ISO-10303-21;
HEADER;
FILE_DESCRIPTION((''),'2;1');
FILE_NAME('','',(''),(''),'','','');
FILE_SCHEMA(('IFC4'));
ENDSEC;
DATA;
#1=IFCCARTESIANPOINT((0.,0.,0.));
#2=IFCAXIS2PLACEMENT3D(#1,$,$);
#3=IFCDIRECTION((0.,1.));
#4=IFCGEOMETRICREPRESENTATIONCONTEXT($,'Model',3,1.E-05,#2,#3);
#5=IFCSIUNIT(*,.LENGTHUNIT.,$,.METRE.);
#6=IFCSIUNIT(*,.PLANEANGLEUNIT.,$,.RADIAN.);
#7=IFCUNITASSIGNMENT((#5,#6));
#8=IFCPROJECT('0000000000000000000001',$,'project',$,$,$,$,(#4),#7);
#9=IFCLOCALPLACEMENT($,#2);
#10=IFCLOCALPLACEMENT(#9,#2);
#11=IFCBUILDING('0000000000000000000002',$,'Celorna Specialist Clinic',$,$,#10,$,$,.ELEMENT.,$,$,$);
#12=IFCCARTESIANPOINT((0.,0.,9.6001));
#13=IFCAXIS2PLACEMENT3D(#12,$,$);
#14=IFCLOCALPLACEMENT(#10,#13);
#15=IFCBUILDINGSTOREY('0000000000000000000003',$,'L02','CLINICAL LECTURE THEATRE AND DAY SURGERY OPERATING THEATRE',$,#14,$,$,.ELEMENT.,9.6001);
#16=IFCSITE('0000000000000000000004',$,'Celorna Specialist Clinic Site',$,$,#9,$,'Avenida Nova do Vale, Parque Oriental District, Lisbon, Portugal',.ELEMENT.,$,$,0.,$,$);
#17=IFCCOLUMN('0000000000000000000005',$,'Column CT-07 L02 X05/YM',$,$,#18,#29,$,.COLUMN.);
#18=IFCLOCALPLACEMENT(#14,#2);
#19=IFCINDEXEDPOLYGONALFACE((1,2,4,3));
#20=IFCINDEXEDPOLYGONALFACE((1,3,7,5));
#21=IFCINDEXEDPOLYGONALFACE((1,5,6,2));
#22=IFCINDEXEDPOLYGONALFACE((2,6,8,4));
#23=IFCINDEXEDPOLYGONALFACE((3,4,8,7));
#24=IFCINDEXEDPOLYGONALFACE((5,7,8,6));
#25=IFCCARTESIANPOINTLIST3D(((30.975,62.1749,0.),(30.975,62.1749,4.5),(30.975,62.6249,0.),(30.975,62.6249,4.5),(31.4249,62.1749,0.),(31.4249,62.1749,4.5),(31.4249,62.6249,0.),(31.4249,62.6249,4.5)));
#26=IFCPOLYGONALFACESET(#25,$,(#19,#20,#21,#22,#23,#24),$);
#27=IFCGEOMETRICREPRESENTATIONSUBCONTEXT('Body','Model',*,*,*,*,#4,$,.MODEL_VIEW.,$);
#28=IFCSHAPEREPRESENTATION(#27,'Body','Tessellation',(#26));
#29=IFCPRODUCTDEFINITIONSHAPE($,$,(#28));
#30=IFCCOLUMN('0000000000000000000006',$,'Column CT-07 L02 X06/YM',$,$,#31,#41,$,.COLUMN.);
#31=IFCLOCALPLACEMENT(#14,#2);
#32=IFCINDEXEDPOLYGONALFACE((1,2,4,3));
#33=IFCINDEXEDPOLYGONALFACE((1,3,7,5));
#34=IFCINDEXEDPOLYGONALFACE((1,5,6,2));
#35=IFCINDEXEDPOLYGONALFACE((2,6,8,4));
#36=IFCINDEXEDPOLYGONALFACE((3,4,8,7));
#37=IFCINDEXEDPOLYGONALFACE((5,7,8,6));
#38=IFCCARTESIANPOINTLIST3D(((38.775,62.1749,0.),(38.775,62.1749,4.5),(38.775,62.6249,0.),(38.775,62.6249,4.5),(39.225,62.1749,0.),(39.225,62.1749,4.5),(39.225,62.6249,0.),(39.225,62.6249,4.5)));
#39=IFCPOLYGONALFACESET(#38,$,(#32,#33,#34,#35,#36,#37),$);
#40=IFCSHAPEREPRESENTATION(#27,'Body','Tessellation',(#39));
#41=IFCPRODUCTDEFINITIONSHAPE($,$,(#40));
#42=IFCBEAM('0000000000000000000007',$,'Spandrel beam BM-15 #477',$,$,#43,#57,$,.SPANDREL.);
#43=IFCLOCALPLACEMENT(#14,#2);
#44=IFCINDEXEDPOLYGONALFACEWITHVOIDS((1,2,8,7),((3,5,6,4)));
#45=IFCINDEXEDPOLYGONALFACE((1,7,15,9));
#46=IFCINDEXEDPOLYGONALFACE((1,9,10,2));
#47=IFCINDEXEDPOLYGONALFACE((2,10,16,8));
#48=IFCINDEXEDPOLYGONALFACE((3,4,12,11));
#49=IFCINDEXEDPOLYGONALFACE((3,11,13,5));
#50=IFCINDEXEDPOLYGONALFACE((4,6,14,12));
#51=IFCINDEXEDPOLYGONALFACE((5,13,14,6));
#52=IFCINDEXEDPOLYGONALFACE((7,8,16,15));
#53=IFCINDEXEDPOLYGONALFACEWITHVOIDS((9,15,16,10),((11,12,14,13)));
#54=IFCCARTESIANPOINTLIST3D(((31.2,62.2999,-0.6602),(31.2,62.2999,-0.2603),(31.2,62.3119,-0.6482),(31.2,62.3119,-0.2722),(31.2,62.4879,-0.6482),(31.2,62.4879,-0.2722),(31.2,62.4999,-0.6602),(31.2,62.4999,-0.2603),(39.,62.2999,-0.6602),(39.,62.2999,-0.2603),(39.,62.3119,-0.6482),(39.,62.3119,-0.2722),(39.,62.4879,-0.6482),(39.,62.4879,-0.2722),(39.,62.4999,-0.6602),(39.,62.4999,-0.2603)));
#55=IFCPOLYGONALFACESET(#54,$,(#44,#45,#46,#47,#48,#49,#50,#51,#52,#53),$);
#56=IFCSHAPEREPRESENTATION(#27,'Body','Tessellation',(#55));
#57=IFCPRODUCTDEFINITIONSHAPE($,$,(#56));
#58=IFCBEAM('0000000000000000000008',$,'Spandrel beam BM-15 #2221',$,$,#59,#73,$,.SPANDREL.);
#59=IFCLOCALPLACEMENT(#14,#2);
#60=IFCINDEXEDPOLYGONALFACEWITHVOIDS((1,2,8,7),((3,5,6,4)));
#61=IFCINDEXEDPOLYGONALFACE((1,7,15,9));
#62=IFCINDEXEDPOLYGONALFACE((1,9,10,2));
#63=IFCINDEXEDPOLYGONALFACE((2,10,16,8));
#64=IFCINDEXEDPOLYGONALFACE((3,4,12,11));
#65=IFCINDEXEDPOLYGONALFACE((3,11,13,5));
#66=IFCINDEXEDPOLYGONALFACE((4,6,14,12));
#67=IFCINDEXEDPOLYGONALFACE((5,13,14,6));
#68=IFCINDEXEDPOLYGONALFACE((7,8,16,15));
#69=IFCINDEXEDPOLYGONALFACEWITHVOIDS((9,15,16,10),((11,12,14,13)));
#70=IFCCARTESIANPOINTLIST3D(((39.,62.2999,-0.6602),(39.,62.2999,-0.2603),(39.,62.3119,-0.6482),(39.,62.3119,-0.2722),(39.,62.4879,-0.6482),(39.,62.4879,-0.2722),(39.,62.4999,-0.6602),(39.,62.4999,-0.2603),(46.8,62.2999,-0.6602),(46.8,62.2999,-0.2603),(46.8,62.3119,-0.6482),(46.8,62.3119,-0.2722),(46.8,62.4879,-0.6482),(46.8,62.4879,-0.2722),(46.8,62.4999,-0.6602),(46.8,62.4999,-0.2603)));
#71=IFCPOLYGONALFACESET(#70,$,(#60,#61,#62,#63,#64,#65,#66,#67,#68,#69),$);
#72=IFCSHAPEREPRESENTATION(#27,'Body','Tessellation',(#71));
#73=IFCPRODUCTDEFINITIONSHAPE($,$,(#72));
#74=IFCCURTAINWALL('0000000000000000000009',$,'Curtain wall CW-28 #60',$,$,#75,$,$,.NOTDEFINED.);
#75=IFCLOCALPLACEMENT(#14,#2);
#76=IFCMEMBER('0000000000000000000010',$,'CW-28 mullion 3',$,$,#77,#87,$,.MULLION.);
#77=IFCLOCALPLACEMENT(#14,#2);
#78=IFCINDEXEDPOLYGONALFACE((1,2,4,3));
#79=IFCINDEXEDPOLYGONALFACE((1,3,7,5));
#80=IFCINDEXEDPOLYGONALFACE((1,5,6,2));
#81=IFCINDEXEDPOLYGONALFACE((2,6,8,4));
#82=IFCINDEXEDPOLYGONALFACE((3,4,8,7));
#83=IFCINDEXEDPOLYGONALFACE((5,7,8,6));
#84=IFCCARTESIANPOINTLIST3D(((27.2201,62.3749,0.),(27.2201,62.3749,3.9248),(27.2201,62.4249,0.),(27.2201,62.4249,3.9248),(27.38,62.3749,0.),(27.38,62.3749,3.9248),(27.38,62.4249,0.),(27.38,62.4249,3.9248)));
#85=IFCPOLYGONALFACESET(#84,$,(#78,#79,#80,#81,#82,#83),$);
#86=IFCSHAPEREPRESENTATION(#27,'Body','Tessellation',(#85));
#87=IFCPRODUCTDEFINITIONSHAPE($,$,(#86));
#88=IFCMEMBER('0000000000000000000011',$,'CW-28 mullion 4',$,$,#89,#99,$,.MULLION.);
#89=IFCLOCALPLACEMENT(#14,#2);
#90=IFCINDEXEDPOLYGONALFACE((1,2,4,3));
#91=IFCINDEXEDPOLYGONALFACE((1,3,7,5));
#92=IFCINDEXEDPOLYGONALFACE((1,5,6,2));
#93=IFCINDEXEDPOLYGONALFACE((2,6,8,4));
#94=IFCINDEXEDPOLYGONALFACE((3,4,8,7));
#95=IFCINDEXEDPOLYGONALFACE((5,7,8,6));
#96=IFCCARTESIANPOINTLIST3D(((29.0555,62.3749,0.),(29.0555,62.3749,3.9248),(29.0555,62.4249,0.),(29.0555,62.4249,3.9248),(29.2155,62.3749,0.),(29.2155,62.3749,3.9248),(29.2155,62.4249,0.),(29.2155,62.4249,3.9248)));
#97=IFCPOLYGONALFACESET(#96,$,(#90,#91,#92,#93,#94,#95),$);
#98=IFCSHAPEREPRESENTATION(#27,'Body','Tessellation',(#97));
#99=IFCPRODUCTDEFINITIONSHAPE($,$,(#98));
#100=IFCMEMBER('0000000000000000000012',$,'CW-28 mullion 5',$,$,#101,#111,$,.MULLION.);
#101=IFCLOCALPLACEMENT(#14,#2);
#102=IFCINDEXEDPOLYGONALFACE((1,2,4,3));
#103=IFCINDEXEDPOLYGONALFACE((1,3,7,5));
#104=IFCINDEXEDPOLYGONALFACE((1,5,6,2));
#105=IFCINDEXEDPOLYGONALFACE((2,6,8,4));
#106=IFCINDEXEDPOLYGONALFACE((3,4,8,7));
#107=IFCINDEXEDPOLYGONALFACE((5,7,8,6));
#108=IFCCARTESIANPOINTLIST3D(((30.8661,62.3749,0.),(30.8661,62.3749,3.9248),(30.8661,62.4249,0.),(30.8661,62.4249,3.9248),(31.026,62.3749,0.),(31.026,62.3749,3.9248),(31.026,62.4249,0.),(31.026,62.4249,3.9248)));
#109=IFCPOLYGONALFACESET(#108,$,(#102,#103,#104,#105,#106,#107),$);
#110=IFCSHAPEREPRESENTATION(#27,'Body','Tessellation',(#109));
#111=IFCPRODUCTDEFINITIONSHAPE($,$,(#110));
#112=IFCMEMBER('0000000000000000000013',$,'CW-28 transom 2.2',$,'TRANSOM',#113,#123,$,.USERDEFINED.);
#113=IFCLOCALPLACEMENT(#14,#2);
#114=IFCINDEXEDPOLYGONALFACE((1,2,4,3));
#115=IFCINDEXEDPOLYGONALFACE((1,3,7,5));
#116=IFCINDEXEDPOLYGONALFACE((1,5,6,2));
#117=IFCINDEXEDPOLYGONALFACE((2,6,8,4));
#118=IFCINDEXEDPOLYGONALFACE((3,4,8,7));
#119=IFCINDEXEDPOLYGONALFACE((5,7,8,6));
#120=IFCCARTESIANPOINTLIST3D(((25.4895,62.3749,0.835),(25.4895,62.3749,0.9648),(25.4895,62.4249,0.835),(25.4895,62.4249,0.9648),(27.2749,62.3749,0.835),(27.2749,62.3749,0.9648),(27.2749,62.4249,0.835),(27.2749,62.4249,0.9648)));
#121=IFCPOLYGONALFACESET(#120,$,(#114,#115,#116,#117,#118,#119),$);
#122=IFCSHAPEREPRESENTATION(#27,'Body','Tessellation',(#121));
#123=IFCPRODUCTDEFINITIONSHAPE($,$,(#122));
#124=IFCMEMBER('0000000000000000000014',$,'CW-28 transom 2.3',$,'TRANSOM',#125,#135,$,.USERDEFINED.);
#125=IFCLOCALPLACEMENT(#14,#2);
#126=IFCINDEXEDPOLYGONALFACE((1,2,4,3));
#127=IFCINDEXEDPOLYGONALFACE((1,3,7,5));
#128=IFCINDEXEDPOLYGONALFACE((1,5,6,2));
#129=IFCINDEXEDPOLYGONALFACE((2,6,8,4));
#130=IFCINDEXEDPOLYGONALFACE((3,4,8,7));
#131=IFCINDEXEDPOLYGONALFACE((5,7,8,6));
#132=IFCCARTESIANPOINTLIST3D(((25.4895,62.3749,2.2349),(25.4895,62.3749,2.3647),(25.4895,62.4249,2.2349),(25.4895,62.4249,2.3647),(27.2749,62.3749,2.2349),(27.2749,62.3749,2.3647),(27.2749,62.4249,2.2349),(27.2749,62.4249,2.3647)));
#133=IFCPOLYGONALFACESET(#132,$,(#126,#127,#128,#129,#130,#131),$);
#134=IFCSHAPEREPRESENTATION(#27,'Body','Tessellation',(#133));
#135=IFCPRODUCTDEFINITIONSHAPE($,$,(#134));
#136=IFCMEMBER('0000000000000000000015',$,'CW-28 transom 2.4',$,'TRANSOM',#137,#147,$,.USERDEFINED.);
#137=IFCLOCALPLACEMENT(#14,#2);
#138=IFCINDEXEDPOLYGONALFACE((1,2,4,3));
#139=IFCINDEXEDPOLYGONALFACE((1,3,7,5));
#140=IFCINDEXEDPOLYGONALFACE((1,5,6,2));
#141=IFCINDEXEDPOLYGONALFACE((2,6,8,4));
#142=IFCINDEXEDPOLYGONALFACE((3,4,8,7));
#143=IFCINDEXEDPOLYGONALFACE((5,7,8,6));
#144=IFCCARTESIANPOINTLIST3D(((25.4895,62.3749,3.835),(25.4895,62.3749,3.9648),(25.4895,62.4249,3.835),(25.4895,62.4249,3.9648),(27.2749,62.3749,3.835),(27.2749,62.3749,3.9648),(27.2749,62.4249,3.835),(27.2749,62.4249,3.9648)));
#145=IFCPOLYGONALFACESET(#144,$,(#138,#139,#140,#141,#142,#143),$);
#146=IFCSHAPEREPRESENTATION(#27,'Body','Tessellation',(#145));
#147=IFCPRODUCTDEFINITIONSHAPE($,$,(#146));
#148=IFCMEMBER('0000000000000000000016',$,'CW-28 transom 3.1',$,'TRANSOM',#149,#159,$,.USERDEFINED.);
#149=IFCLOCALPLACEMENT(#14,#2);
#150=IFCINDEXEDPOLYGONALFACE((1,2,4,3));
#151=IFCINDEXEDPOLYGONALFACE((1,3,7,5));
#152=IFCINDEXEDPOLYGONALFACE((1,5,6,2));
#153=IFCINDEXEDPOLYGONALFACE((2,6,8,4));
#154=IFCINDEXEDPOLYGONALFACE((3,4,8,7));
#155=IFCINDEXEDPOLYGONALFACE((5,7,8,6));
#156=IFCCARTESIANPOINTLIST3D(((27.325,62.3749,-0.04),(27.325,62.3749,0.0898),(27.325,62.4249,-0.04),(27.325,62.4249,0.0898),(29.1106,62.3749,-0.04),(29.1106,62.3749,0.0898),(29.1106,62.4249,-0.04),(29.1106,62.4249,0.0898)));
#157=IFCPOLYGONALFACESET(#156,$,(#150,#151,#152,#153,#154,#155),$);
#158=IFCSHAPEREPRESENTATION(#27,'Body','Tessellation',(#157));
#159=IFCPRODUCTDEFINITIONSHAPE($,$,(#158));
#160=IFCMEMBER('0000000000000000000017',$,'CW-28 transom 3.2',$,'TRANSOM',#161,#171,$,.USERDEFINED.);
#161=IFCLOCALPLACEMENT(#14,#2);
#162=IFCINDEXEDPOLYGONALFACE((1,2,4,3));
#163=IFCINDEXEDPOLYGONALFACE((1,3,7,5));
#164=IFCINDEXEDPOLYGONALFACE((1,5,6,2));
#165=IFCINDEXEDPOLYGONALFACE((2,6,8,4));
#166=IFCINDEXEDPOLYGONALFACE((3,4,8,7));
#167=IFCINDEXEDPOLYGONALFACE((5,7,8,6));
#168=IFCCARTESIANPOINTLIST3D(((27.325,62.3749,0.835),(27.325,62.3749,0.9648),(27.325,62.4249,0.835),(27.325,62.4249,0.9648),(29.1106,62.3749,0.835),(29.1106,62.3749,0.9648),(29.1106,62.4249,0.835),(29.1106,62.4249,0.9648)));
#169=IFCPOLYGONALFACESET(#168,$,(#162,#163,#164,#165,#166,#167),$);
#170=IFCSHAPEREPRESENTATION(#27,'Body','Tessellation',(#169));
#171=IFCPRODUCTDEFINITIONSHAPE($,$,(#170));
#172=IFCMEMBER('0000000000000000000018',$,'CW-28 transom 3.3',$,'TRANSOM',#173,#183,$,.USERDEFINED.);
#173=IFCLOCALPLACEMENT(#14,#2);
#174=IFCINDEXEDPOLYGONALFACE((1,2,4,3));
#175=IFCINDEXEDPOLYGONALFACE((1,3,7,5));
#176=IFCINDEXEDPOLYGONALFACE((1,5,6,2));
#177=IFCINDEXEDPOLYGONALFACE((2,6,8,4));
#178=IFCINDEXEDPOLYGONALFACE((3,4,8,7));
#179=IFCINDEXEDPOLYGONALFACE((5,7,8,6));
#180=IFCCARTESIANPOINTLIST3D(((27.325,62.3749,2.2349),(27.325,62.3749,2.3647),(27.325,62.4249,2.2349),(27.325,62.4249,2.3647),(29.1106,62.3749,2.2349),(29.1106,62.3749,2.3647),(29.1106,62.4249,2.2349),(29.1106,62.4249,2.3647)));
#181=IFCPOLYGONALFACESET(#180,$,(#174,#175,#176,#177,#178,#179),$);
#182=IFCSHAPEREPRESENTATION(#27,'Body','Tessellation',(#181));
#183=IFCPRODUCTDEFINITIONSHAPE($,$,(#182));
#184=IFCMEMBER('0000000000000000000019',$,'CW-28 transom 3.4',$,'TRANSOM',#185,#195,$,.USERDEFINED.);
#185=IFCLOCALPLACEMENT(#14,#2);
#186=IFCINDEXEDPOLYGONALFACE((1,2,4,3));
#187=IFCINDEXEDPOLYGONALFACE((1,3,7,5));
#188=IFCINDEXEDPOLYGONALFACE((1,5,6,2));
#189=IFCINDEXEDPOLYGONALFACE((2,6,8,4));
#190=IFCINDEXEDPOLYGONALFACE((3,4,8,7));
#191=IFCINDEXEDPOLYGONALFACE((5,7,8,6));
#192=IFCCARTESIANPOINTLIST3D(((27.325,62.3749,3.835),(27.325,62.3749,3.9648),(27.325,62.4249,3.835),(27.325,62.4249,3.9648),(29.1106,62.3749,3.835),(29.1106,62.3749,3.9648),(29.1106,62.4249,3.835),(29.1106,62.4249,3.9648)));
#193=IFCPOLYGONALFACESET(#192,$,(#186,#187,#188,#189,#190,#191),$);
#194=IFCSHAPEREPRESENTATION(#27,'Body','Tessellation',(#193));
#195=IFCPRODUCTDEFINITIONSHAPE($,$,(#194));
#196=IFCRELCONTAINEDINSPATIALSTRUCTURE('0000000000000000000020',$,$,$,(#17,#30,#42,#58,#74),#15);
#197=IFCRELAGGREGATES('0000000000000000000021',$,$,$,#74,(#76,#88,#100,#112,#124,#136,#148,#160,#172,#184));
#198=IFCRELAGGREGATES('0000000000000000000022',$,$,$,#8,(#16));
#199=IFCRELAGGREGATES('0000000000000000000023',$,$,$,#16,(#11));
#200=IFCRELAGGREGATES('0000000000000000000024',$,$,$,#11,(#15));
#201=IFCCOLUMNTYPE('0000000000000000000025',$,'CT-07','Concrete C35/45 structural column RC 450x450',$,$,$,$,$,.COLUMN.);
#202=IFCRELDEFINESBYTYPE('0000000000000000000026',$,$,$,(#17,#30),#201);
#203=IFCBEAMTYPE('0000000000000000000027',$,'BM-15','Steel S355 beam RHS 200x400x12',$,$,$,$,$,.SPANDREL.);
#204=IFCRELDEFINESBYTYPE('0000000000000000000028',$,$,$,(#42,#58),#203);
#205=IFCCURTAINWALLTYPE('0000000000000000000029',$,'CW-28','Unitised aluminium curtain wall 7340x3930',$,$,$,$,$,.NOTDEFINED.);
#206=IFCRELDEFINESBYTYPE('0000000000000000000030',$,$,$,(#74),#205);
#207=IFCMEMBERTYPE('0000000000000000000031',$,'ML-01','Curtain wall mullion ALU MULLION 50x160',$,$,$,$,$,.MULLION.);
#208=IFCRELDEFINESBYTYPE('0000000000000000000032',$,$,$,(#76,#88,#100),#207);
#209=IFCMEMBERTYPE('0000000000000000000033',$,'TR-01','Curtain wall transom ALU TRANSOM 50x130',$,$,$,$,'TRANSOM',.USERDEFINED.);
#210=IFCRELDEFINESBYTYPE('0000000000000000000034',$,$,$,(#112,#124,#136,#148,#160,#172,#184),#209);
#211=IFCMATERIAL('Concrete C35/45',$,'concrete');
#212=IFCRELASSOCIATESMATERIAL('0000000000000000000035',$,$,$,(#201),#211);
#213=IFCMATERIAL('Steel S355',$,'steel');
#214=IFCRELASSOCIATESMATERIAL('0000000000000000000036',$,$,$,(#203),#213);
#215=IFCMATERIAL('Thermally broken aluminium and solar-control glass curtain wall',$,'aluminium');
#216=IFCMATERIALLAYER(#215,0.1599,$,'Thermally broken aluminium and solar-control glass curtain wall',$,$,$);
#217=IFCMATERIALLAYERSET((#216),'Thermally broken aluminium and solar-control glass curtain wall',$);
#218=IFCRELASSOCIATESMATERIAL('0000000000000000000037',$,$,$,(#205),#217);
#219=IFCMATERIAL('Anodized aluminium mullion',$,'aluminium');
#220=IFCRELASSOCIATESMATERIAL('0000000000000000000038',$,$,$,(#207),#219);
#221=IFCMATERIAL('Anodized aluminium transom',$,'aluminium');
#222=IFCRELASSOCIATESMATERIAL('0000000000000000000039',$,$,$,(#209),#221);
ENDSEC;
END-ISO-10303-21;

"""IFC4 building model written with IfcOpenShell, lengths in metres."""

from ifc_helpers import new_model, si_unit, direction, frame, origin, origin_2d, place, context, subcontext, project, spatial, rectangle, hollow_rectangle, extrude, material, layer, layer_set, material_profile, profile_set, type_object, element, aggregate, save


model = new_model("IFC4")

# Units and contexts
model_context = context("Model", 3, precision=1e-05, world=origin(), true_north=direction((0.0, 1.0)))
body_context = subcontext(model_context, "Body", "Model", "MODEL_VIEW")
ifc_project = project(units=[si_unit("LENGTHUNIT", "METRE"), si_unit("PLANEANGLEUNIT", "RADIAN")], contexts=[model_context])

# Site, building, storey
site_placement = place(None, origin())
site = spatial("IfcSite", under=ifc_project, at=site_placement, Name="Celorna Specialist Clinic Site", LongName="Avenida Nova do Vale, Parque Oriental District, Lisbon, Portugal", CompositionType="ELEMENT", RefElevation=0.0)
building_placement = place(site_placement, origin())
building = spatial("IfcBuilding", under=site, at=building_placement, Name="Celorna Specialist Clinic", CompositionType="ELEMENT")
storey_placement = place(building_placement, frame((0.0, 0.0, 9.6001)))
storey = spatial("IfcBuildingStorey", under=building, at=storey_placement, Name="L02", Description="CLINICAL LECTURE THEATRE AND DAY SURGERY OPERATING THEATRE", CompositionType="ELEMENT", Elevation=9.6001)

# Columns
ifc_material_1 = material(Name="Concrete C35/45", Category="concrete")
ifc_material_profile_1 = material_profile(ifc_material_1, rectangle(XDim=0.45, YDim=0.45, at=origin_2d()), Name="RC 450x450")
ifc_profile_set_1 = profile_set([ifc_material_profile_1], Name="Concrete C35/45")
column_type = type_object("IfcColumnType", Name="CT-07", Description="Concrete C35/45 structural column RC 450x450", PredefinedType="COLUMN", material=ifc_profile_set_1)
for number, where, z_axis, x_axis, name in (
    (1, (31.2, 62.3999, 0.0), (0.0, 0.0, 1.0), (1.0, 0.0, 0.0), "Column CT-07 L02 X05/YM"),
    (2, (39.0, 62.3999, 0.0), (0.0, 0.0, 1.0), (1.0, 0.0, 0.0), "Column CT-07 L02 X06/YM"),
):
    element("IfcColumn", number, at=place(storey_placement, frame(where, z_axis=z_axis, x_axis=x_axis)), inside=storey, type_object=column_type, Name=name, PredefinedType="COLUMN", context=body_context, shape_type="SweptSolid", body=[
        extrude(rectangle(XDim=0.45, YDim=0.45, at=origin_2d()), origin(), (0.0, 0.0, 1.0), 4.5),
    ])

# Beams
ifc_material_2 = material(Name="Steel S355", Category="steel")
ifc_material_profile_2 = material_profile(ifc_material_2, hollow_rectangle(XDim=0.2, YDim=0.3999, WallThickness=0.012, at=origin_2d()), Name="RHS 200x400x12")
ifc_profile_set_2 = profile_set([ifc_material_profile_2], Name="Steel S355")
beam_type = type_object("IfcBeamType", Name="BM-15", Description="Steel S355 beam RHS 200x400x12", PredefinedType="SPANDREL", material=ifc_profile_set_2)
for number, where, z_axis, x_axis, name in (
    (3, (31.2, 62.3999, -0.4602), (1.0, 0.0, 0.0), (0.0, 1.0, 0.0), "Spandrel beam BM-15 #477"),
    (4, (39.0, 62.3999, -0.4602), (1.0, 0.0, 0.0), (0.0, 1.0, 0.0), "Spandrel beam BM-15 #2221"),
):
    element("IfcBeam", number, at=place(storey_placement, frame(where, z_axis=z_axis, x_axis=x_axis)), inside=storey, type_object=beam_type, Name=name, PredefinedType="SPANDREL", context=body_context, shape_type="SweptSolid", body=[
        extrude(hollow_rectangle(XDim=0.2, YDim=0.3999, WallThickness=0.012, at=origin_2d()), origin(), (0.0, 0.0, 1.0), 7.8),
    ])

# Curtain wall, members
ifc_material_3 = material(Name="Thermally broken aluminium and solar-control glass curtain wall", Category="aluminium")
ifc_layer_1 = layer(ifc_material_3, 0.1599, Name="Thermally broken aluminium and solar-control glass curtain wall")
ifc_layer_set_1 = layer_set([ifc_layer_1], Name="Thermally broken aluminium and solar-control glass curtain wall")
curtain_wall_type = type_object("IfcCurtainWallType", Name="CW-28", Description="Unitised aluminium curtain wall 7340x3930", PredefinedType="NOTDEFINED", material=ifc_layer_set_1)
curtain_wall_placement = place(storey_placement, origin())
curtain_wall = element("IfcCurtainWall", 5, at=curtain_wall_placement, inside=storey, type_object=curtain_wall_type, Name="Curtain wall CW-28 #60", PredefinedType="NOTDEFINED")
ifc_material_4 = material(Name="Anodized aluminium mullion", Category="aluminium")
ifc_material_profile_3 = material_profile(ifc_material_4, rectangle(XDim=0.05, YDim=0.1599, at=origin_2d()), Name="ALU MULLION 50x160")
ifc_profile_set_3 = profile_set([ifc_material_profile_3], Name="Anodized aluminium mullion")
member_type_1 = type_object("IfcMemberType", Name="ML-01", Description="Curtain wall mullion ALU MULLION 50x160", PredefinedType="MULLION", material=ifc_profile_set_3)
member_1_placement = place(storey_placement, frame((27.3, 62.3999, 0.0), z_axis=(0.0, 0.0, 1.0), x_axis=(0.0, 1.0, 0.0)))
member_1 = element("IfcMember", 6, at=member_1_placement, type_object=member_type_1, Name="CW-28 mullion 3", PredefinedType="MULLION", context=body_context, shape_type="SweptSolid", body=[
    extrude(rectangle(XDim=0.05, YDim=0.1599, at=origin_2d()), origin(), (0.0, 0.0, 1.0), 3.9248),
])
member_2_placement = place(storey_placement, frame((29.1355, 62.3999, 0.0), z_axis=(0.0, 0.0, 1.0), x_axis=(0.0, 1.0, 0.0)))
member_2 = element("IfcMember", 7, at=member_2_placement, type_object=member_type_1, Name="CW-28 mullion 4", PredefinedType="MULLION", context=body_context, shape_type="SweptSolid", body=[
    extrude(rectangle(XDim=0.05, YDim=0.1599, at=origin_2d()), origin(), (0.0, 0.0, 1.0), 3.9248),
])
member_3_placement = place(storey_placement, frame((30.946, 62.3999, 0.0), z_axis=(0.0, 0.0, 1.0), x_axis=(0.0, 1.0, 0.0)))
member_3 = element("IfcMember", 8, at=member_3_placement, type_object=member_type_1, Name="CW-28 mullion 5", PredefinedType="MULLION", context=body_context, shape_type="SweptSolid", body=[
    extrude(rectangle(XDim=0.05, YDim=0.1599, at=origin_2d()), origin(), (0.0, 0.0, 1.0), 3.9248),
])
ifc_material_5 = material(Name="Anodized aluminium transom", Category="aluminium")
ifc_material_profile_4 = material_profile(ifc_material_5, rectangle(XDim=0.05, YDim=0.1299, at=origin_2d()), Name="ALU TRANSOM 50x130")
ifc_profile_set_4 = profile_set([ifc_material_profile_4], Name="Anodized aluminium transom")
member_type_2 = type_object("IfcMemberType", Name="TR-01", Description="Curtain wall transom ALU TRANSOM 50x130", ElementType="TRANSOM", PredefinedType="USERDEFINED", material=ifc_profile_set_4)
member_4_placement = place(storey_placement, frame((25.4895, 62.3999, 0.8999), z_axis=(1.0, 0.0, 0.0), x_axis=(0.0, 1.0, 0.0)))
member_4 = element("IfcMember", 9, at=member_4_placement, type_object=member_type_2, Name="CW-28 transom 2.2", ObjectType="TRANSOM", PredefinedType="USERDEFINED", context=body_context, shape_type="SweptSolid", body=[
    extrude(rectangle(XDim=0.05, YDim=0.1299, at=origin_2d()), origin(), (0.0, 0.0, 1.0), 1.7854),
])
member_5_placement = place(storey_placement, frame((25.4895, 62.3999, 2.2998), z_axis=(1.0, 0.0, 0.0), x_axis=(0.0, 1.0, 0.0)))
member_5 = element("IfcMember", 10, at=member_5_placement, type_object=member_type_2, Name="CW-28 transom 2.3", ObjectType="TRANSOM", PredefinedType="USERDEFINED", context=body_context, shape_type="SweptSolid", body=[
    extrude(rectangle(XDim=0.05, YDim=0.1299, at=origin_2d()), origin(), (0.0, 0.0, 1.0), 1.7854),
])
member_6_placement = place(storey_placement, frame((25.4895, 62.3999, 3.8999), z_axis=(1.0, 0.0, 0.0), x_axis=(0.0, 1.0, 0.0)))
member_6 = element("IfcMember", 11, at=member_6_placement, type_object=member_type_2, Name="CW-28 transom 2.4", ObjectType="TRANSOM", PredefinedType="USERDEFINED", context=body_context, shape_type="SweptSolid", body=[
    extrude(rectangle(XDim=0.05, YDim=0.1299, at=origin_2d()), origin(), (0.0, 0.0, 1.0), 1.7854),
])
member_7_placement = place(storey_placement, frame((27.325, 62.3999, 0.0249), z_axis=(1.0, 0.0, 0.0), x_axis=(0.0, 1.0, 0.0)))
member_7 = element("IfcMember", 12, at=member_7_placement, type_object=member_type_2, Name="CW-28 transom 3.1", ObjectType="TRANSOM", PredefinedType="USERDEFINED", context=body_context, shape_type="SweptSolid", body=[
    extrude(rectangle(XDim=0.05, YDim=0.1299, at=origin_2d()), origin(), (0.0, 0.0, 1.0), 1.7856),
])
member_8_placement = place(storey_placement, frame((27.325, 62.3999, 0.8999), z_axis=(1.0, 0.0, 0.0), x_axis=(0.0, 1.0, 0.0)))
member_8 = element("IfcMember", 13, at=member_8_placement, type_object=member_type_2, Name="CW-28 transom 3.2", ObjectType="TRANSOM", PredefinedType="USERDEFINED", context=body_context, shape_type="SweptSolid", body=[
    extrude(rectangle(XDim=0.05, YDim=0.1299, at=origin_2d()), origin(), (0.0, 0.0, 1.0), 1.7856),
])
member_9_placement = place(storey_placement, frame((27.325, 62.3999, 2.2998), z_axis=(1.0, 0.0, 0.0), x_axis=(0.0, 1.0, 0.0)))
member_9 = element("IfcMember", 14, at=member_9_placement, type_object=member_type_2, Name="CW-28 transom 3.3", ObjectType="TRANSOM", PredefinedType="USERDEFINED", context=body_context, shape_type="SweptSolid", body=[
    extrude(rectangle(XDim=0.05, YDim=0.1299, at=origin_2d()), origin(), (0.0, 0.0, 1.0), 1.7856),
])
member_10_placement = place(storey_placement, frame((27.325, 62.3999, 3.8999), z_axis=(1.0, 0.0, 0.0), x_axis=(0.0, 1.0, 0.0)))
member_10 = element("IfcMember", 15, at=member_10_placement, type_object=member_type_2, Name="CW-28 transom 3.4", ObjectType="TRANSOM", PredefinedType="USERDEFINED", context=body_context, shape_type="SweptSolid", body=[
    extrude(rectangle(XDim=0.05, YDim=0.1299, at=origin_2d()), origin(), (0.0, 0.0, 1.0), 1.7856),
])
aggregate(curtain_wall, [member_1, member_2, member_3, member_4, member_5, member_6, member_7, member_8, member_9, member_10])

save(model, "model.ifc")
